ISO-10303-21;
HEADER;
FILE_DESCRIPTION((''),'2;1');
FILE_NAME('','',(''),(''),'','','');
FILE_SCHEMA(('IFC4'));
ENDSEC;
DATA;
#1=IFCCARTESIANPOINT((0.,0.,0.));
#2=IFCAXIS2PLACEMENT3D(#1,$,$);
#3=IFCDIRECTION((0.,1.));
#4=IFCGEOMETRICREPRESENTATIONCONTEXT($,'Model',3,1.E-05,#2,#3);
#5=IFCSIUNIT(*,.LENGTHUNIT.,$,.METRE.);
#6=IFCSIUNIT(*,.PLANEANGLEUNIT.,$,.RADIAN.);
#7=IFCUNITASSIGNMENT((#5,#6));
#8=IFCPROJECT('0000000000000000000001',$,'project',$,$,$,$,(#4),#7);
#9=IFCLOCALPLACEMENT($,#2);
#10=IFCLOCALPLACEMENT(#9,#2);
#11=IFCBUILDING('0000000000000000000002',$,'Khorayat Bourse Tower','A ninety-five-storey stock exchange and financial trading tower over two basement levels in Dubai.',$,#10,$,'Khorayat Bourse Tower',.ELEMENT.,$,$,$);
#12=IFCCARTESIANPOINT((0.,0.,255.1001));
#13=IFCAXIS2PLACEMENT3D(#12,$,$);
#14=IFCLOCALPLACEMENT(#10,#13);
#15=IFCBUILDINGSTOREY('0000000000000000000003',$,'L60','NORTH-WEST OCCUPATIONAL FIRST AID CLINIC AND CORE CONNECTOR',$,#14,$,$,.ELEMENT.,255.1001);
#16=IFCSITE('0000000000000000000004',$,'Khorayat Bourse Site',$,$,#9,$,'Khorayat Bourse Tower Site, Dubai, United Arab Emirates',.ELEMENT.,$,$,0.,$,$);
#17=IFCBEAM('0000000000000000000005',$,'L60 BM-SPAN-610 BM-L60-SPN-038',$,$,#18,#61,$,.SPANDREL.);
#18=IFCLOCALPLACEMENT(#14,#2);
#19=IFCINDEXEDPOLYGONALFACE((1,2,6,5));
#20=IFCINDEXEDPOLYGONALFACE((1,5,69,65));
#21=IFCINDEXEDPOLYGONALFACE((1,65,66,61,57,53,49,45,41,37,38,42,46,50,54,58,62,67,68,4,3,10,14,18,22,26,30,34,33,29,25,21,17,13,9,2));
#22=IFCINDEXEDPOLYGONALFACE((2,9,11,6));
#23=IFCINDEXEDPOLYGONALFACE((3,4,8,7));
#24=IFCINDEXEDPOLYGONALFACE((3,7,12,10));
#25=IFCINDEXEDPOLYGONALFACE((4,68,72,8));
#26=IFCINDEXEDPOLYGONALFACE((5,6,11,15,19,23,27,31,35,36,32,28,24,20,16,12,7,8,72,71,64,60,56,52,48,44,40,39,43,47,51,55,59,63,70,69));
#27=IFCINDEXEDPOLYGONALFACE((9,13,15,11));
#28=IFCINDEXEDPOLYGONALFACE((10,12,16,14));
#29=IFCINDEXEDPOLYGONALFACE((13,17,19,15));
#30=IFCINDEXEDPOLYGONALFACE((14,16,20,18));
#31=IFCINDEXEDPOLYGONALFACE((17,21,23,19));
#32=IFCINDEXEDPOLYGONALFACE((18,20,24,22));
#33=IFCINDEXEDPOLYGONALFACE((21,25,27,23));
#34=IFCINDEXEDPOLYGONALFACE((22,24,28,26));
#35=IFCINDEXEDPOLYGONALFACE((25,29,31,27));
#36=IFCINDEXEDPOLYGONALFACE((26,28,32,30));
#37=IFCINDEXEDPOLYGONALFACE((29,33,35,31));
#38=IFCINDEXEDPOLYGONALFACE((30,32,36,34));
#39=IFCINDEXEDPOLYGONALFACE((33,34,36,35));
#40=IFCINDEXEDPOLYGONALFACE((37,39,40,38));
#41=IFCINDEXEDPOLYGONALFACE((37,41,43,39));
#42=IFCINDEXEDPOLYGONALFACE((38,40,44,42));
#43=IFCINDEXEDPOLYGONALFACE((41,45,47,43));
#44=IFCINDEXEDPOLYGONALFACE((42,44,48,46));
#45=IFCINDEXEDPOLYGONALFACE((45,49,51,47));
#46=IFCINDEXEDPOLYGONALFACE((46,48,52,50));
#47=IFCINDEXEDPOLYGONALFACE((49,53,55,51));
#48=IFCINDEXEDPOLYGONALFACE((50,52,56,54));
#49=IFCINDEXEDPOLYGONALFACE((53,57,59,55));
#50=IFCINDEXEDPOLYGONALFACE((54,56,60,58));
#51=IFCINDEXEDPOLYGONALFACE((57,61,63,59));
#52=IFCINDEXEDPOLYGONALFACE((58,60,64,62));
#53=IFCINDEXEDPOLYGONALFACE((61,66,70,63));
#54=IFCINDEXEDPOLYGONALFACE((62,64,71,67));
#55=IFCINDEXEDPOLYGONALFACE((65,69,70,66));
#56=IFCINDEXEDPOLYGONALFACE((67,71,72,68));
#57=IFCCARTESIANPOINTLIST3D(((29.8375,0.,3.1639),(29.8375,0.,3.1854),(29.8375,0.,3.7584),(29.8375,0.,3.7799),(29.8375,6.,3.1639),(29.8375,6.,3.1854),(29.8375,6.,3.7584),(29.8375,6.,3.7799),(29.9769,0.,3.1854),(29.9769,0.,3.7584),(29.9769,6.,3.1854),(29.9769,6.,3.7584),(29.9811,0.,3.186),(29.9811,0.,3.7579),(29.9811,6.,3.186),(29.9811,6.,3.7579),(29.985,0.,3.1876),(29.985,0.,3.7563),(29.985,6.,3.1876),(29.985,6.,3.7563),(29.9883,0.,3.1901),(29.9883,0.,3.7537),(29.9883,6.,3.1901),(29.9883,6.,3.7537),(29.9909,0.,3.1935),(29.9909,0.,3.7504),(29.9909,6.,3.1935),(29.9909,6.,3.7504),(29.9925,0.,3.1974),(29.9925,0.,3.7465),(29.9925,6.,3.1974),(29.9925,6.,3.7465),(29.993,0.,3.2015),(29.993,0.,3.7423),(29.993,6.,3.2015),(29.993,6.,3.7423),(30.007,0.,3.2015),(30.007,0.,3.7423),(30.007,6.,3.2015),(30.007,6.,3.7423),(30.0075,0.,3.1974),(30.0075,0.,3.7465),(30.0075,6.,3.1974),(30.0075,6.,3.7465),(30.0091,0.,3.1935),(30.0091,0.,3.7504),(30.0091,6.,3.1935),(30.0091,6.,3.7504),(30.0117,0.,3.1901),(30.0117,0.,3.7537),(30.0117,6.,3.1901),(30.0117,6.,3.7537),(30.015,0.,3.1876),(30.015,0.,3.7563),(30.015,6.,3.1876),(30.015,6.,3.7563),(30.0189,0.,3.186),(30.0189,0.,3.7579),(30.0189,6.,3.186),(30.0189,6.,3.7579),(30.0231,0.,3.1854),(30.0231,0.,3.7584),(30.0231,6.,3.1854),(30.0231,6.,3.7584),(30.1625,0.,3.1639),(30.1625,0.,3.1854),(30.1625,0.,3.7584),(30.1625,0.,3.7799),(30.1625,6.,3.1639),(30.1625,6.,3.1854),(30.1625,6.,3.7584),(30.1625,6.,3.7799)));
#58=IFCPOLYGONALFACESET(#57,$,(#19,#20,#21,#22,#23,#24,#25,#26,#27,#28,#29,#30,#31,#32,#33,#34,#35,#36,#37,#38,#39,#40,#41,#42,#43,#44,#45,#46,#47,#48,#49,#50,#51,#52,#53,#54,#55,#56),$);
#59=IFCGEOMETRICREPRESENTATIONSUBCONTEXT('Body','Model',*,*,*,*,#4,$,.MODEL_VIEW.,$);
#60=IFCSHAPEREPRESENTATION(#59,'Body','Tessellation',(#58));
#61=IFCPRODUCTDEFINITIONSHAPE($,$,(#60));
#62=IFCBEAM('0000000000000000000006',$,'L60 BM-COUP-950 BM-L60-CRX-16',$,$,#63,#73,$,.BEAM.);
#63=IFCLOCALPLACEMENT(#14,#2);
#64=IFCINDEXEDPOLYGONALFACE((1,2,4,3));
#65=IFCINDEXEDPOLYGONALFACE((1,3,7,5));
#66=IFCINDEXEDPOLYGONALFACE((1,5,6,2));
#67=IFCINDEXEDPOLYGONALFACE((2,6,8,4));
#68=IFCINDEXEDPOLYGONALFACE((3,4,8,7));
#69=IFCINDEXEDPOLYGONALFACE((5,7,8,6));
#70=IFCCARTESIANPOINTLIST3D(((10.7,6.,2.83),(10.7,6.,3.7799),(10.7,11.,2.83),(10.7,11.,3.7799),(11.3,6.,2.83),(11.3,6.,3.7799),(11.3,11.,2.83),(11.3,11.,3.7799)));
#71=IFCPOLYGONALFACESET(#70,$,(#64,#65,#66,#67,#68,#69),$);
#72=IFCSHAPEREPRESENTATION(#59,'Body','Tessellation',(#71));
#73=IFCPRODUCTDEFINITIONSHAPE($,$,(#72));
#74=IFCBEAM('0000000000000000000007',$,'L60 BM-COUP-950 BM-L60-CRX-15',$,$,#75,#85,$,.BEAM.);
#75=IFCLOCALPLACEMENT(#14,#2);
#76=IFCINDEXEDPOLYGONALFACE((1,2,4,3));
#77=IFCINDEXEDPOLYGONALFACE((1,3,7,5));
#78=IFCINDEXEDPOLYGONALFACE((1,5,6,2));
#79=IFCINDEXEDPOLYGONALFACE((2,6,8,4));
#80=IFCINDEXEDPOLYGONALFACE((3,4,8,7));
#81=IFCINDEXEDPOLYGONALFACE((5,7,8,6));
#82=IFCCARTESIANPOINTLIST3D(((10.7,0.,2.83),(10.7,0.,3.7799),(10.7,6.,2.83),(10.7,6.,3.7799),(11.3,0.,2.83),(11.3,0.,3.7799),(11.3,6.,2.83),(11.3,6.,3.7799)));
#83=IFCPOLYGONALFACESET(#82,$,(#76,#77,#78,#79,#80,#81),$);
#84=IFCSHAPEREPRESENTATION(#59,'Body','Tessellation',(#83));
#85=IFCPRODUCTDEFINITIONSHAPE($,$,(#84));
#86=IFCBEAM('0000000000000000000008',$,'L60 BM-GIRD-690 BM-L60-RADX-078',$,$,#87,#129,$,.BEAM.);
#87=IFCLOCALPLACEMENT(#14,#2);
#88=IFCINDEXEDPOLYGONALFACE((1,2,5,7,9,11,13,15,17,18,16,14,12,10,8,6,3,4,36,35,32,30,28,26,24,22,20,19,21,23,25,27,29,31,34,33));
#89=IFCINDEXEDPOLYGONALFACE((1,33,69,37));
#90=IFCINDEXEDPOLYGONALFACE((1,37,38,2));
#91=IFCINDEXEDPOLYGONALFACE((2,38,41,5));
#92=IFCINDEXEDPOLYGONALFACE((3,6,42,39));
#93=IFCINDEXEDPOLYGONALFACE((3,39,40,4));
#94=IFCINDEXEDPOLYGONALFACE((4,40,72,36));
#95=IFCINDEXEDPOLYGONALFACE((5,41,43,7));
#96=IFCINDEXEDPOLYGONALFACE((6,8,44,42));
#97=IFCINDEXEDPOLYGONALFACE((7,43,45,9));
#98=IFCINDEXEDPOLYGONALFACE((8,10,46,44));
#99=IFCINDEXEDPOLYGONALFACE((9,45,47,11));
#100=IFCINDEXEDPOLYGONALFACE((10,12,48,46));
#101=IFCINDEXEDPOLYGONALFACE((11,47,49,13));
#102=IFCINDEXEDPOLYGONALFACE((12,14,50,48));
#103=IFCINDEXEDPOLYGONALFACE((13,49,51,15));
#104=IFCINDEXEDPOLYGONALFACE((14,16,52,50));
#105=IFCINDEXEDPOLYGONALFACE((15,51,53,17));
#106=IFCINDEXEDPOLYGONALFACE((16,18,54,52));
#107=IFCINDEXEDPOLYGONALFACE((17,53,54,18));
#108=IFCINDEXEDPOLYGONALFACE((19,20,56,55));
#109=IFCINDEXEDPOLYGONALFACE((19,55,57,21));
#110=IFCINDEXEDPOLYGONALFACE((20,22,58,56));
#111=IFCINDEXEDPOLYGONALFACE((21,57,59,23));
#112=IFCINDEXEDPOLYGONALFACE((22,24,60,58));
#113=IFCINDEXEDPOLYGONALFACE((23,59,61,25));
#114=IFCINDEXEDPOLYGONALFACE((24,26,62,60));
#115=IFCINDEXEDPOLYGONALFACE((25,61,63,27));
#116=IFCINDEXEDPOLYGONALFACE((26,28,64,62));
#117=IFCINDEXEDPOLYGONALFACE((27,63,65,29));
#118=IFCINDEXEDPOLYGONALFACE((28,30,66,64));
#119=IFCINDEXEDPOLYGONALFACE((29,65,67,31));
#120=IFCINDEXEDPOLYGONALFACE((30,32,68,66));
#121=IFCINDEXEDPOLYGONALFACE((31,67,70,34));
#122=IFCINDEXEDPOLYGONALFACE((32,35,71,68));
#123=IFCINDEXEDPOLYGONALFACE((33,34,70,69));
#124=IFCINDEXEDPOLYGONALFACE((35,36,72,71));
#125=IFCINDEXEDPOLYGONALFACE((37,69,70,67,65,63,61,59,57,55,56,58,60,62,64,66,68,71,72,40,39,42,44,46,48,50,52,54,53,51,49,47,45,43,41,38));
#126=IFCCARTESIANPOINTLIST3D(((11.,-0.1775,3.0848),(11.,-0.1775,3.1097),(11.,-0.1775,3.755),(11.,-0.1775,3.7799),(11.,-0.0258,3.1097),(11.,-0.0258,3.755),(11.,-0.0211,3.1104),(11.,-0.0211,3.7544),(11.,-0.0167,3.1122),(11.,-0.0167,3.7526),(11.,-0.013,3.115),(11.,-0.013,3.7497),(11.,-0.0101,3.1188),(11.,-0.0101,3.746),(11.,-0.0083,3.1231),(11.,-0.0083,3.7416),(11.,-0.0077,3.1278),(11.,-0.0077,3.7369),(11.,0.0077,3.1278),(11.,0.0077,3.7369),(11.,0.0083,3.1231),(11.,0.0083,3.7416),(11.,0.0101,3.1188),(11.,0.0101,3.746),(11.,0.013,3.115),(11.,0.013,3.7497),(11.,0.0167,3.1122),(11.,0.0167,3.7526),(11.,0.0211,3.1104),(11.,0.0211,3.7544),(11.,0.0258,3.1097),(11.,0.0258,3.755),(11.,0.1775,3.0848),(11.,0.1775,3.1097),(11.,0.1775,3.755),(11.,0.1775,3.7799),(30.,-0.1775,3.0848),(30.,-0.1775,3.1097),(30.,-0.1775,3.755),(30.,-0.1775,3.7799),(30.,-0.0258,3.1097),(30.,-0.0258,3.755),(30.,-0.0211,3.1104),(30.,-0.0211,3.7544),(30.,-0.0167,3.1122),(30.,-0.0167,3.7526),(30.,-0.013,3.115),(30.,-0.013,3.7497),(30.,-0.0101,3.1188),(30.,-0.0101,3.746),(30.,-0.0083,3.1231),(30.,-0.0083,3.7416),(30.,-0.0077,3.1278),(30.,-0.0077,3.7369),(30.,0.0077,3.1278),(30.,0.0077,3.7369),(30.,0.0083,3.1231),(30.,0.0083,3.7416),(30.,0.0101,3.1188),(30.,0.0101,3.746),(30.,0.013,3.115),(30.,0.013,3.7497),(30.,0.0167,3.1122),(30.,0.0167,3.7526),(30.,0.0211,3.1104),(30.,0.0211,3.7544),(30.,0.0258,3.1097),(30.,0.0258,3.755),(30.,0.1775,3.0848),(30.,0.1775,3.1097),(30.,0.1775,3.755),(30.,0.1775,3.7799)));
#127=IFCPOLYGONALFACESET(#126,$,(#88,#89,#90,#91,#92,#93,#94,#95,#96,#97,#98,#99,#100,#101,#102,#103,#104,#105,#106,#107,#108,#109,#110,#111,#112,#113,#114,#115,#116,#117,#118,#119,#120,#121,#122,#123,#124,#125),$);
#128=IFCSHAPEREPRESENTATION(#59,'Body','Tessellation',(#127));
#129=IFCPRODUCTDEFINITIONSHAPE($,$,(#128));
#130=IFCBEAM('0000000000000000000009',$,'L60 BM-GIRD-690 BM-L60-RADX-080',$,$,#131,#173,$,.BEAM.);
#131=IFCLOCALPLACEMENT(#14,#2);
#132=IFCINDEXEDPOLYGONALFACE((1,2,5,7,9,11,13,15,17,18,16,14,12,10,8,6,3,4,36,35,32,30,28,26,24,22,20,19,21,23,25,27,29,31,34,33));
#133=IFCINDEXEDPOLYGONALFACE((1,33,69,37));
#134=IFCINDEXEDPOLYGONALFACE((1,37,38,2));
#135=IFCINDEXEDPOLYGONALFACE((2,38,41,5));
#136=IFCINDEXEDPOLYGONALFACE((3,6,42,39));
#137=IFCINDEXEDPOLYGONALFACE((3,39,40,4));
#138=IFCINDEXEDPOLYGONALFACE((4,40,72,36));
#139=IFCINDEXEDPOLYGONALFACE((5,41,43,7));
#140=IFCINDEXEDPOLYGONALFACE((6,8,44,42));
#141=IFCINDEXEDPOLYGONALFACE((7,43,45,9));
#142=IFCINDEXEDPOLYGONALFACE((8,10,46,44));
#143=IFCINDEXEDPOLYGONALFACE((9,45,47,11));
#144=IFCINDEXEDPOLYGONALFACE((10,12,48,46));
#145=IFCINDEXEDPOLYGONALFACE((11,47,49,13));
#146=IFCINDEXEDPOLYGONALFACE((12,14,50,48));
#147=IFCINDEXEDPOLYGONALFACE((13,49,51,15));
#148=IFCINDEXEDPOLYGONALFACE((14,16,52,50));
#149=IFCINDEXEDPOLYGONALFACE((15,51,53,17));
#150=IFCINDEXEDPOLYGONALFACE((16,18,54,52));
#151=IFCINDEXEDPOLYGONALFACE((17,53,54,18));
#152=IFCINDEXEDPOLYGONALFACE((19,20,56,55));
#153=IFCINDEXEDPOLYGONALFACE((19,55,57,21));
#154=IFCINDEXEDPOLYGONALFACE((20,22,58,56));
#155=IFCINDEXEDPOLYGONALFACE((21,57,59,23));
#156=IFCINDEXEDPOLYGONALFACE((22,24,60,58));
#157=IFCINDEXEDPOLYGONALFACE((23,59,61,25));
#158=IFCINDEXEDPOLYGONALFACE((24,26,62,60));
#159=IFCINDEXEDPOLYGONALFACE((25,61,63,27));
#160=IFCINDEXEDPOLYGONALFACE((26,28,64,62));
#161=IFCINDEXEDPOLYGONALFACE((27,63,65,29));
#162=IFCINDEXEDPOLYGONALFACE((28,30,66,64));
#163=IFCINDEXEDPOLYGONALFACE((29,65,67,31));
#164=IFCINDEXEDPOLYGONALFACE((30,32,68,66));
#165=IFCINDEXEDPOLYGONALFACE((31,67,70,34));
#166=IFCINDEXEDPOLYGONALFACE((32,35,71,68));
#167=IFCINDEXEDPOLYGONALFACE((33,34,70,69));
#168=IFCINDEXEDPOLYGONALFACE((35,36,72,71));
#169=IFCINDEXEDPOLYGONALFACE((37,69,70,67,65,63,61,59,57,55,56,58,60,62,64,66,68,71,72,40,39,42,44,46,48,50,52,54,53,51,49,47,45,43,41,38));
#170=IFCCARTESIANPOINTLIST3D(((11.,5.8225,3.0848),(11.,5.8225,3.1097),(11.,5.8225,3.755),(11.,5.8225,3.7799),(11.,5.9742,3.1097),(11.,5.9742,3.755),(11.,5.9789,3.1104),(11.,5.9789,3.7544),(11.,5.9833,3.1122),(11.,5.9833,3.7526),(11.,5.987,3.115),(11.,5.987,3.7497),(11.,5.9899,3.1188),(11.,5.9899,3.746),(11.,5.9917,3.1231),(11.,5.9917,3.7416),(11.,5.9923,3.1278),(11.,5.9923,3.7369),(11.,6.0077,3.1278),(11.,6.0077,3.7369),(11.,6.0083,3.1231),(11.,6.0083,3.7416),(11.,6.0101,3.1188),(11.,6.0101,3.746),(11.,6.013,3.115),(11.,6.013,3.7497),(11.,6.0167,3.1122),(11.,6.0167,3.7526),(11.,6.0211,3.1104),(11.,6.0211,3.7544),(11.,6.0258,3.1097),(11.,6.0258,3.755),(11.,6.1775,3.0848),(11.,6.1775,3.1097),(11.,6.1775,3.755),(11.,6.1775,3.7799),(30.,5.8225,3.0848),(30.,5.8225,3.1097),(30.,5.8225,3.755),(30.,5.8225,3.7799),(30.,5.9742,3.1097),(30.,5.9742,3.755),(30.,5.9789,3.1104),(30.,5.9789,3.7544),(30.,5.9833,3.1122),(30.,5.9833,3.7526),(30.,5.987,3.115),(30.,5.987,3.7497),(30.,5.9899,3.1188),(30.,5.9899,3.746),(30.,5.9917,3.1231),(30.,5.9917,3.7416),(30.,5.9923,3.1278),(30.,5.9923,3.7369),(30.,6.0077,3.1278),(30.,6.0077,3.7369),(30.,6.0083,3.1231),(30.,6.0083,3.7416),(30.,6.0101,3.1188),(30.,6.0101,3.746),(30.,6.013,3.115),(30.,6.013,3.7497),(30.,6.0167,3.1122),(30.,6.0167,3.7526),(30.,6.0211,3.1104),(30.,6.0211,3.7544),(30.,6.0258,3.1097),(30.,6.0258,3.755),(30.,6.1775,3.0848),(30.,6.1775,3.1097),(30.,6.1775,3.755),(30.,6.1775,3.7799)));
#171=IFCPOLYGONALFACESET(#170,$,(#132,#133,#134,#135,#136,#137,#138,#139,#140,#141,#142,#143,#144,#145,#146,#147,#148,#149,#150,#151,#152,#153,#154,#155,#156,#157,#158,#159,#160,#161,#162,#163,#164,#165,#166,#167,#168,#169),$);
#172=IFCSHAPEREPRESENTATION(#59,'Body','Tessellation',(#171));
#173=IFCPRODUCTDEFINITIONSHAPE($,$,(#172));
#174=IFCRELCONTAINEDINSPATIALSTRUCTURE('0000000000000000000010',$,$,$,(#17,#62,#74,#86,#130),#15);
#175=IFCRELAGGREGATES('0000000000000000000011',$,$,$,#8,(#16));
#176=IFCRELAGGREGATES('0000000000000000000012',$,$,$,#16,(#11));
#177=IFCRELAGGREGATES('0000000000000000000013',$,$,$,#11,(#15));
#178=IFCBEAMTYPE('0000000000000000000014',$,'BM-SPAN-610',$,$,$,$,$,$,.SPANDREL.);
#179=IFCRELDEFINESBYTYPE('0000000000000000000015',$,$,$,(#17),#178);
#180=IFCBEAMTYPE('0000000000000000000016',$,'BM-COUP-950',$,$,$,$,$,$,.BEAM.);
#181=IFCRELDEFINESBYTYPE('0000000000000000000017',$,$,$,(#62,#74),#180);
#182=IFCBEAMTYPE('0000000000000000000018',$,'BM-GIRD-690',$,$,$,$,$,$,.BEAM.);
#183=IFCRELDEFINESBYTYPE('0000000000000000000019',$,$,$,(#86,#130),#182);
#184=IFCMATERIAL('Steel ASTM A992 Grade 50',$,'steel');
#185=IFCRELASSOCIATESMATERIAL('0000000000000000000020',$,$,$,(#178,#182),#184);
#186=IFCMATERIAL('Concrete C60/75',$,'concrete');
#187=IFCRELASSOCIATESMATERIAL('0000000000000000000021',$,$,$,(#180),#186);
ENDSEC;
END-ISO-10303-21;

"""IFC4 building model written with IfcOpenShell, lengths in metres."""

from ifc_helpers import new_model, si_unit, direction, frame, origin, origin_2d, place, context, subcontext, project, spatial, rectangle, i_section, extrude, source, transform, mapped, material, material_profile, profile_set, type_object, element, save


model = new_model("IFC4")

# Units and contexts
model_context = context("Model", 3, precision=1e-05, world=origin(), true_north=direction((0.0, 1.0)))
body_context = subcontext(model_context, "Body", "Model", "MODEL_VIEW")
ifc_project = project(units=[si_unit("LENGTHUNIT", "METRE"), si_unit("PLANEANGLEUNIT", "RADIAN")], contexts=[model_context])

# Site, building, storey
site_placement = place(None, origin())
site = spatial("IfcSite", under=ifc_project, at=site_placement, Name="Khorayat Bourse Site", LongName="Khorayat Bourse Tower Site, Dubai, United Arab Emirates", CompositionType="ELEMENT", RefElevation=0.0)
building_placement = place(site_placement, origin())
building = spatial("IfcBuilding", under=site, at=building_placement, Name="Khorayat Bourse Tower", Description="A ninety-five-storey stock exchange and financial trading tower over two basement levels in Dubai.", LongName="Khorayat Bourse Tower", CompositionType="ELEMENT")
storey_placement = place(building_placement, frame((0.0, 0.0, 255.1001)))
storey = spatial("IfcBuildingStorey", under=building, at=storey_placement, Name="L60", Description="NORTH-WEST OCCUPATIONAL FIRST AID CLINIC AND CORE CONNECTOR", CompositionType="ELEMENT", Elevation=255.1001)

# Shared definitions
ifc_material_1 = material(Name="Concrete C60/75", Category="concrete")

# Beams
ifc_material_2 = material(Name="Steel ASTM A992 Grade 50", Category="steel")
ifc_material_profile_1 = material_profile(ifc_material_2, i_section(OverallWidth=0.325, OverallDepth=0.616, WebThickness=0.0139, FlangeThickness=0.0215, FilletRadius=0.0161, at=origin_2d()), Name="W610X174")
ifc_profile_set_1 = profile_set([ifc_material_profile_1], Name="Steel ASTM A992 Grade 50")
beam_type_1 = type_object("IfcBeamType", Name="BM-SPAN-610", PredefinedType="SPANDREL", material=ifc_profile_set_1)
shared_shape_1 = source(origin(), body_context, "Body", "SweptSolid", [
    extrude(i_section(OverallWidth=0.325, OverallDepth=0.616, WebThickness=0.0139, FlangeThickness=0.0215, FilletRadius=0.0161, at=origin_2d()), origin(), (0.0, 0.0, 1.0), 6.0),
])
beam_1_placement = place(storey_placement, frame((30.0, 0.0, 3.4719), z_axis=(0.0, 1.0, 0.0), x_axis=(-1.0, 0.0, 0.0)))
element("IfcBeam", 1, at=beam_1_placement, inside=storey, type_object=beam_type_1, Name="L60 BM-SPAN-610 BM-L60-SPN-038", PredefinedType="SPANDREL", context=body_context, shape_type="MappedRepresentation", body=[
    mapped(shared_shape_1, transform((0.0, 0.0, 0.0), scale=1.0)),
])
ifc_material_profile_2 = material_profile(ifc_material_1, rectangle(XDim=0.6001, YDim=0.95, at=origin_2d()), Name="RC 600x950")
ifc_profile_set_2 = profile_set([ifc_material_profile_2], Name="Concrete C60/75")
beam_type_2 = type_object("IfcBeamType", Name="BM-COUP-950", PredefinedType="BEAM", material=ifc_profile_set_2)
shared_shape_2 = source(origin(), body_context, "Body", "SweptSolid", [
    extrude(rectangle(XDim=0.6001, YDim=0.95, at=origin_2d()), origin(), (0.0, 0.0, 1.0), 5.0),
])
beam_2_placement = place(storey_placement, frame((11.0, 6.0, 3.3049), z_axis=(0.0, 1.0, 0.0), x_axis=(-1.0, 0.0, 0.0)))
element("IfcBeam", 2, at=beam_2_placement, inside=storey, type_object=beam_type_2, Name="L60 BM-COUP-950 BM-L60-CRX-16", PredefinedType="BEAM", context=body_context, shape_type="MappedRepresentation", body=[
    mapped(shared_shape_2, transform((0.0, 0.0, 0.0), scale=1.0)),
])
shared_shape_3 = source(origin(), body_context, "Body", "SweptSolid", [
    extrude(rectangle(XDim=0.6001, YDim=0.95, at=origin_2d()), origin(), (0.0, 0.0, 1.0), 6.0),
])
beam_3_placement = place(storey_placement, frame((11.0, 0.0, 3.3049), z_axis=(0.0, 1.0, 0.0), x_axis=(-1.0, 0.0, 0.0)))
element("IfcBeam", 3, at=beam_3_placement, inside=storey, type_object=beam_type_2, Name="L60 BM-COUP-950 BM-L60-CRX-15", PredefinedType="BEAM", context=body_context, shape_type="MappedRepresentation", body=[
    mapped(shared_shape_3, transform((0.0, 0.0, 0.0), scale=1.0)),
])
ifc_material_profile_3 = material_profile(ifc_material_2, i_section(OverallWidth=0.355, OverallDepth=0.6951, WebThickness=0.0154, FlangeThickness=0.0249, FilletRadius=0.0181, at=origin_2d()), Name="W690X217")
ifc_profile_set_3 = profile_set([ifc_material_profile_3], Name="Steel ASTM A992 Grade 50")
beam_type_3 = type_object("IfcBeamType", Name="BM-GIRD-690", PredefinedType="BEAM", material=ifc_profile_set_3)
shared_shape_4 = source(origin(), body_context, "Body", "SweptSolid", [
    extrude(i_section(OverallWidth=0.355, OverallDepth=0.6951, WebThickness=0.0154, FlangeThickness=0.0249, FilletRadius=0.0181, at=origin_2d()), origin(), (0.0, 0.0, 1.0), 19.0),
])
for number, where, z_axis, x_axis, name in (
    (4, (11.0, 0.0, 3.4324), (1.0, 0.0, 0.0), (0.0, 1.0, 0.0), "L60 BM-GIRD-690 BM-L60-RADX-078"),
    (5, (11.0, 6.0, 3.4324), (1.0, 0.0, 0.0), (0.0, 1.0, 0.0), "L60 BM-GIRD-690 BM-L60-RADX-080"),
):
    element("IfcBeam", number, at=place(storey_placement, frame(where, z_axis=z_axis, x_axis=x_axis)), inside=storey, type_object=beam_type_3, Name=name, PredefinedType="BEAM", context=body_context, shape_type="MappedRepresentation", body=[
        mapped(shared_shape_4, transform((0.0, 0.0, 0.0), scale=1.0)),
    ])

save(model, "model.ifc")
